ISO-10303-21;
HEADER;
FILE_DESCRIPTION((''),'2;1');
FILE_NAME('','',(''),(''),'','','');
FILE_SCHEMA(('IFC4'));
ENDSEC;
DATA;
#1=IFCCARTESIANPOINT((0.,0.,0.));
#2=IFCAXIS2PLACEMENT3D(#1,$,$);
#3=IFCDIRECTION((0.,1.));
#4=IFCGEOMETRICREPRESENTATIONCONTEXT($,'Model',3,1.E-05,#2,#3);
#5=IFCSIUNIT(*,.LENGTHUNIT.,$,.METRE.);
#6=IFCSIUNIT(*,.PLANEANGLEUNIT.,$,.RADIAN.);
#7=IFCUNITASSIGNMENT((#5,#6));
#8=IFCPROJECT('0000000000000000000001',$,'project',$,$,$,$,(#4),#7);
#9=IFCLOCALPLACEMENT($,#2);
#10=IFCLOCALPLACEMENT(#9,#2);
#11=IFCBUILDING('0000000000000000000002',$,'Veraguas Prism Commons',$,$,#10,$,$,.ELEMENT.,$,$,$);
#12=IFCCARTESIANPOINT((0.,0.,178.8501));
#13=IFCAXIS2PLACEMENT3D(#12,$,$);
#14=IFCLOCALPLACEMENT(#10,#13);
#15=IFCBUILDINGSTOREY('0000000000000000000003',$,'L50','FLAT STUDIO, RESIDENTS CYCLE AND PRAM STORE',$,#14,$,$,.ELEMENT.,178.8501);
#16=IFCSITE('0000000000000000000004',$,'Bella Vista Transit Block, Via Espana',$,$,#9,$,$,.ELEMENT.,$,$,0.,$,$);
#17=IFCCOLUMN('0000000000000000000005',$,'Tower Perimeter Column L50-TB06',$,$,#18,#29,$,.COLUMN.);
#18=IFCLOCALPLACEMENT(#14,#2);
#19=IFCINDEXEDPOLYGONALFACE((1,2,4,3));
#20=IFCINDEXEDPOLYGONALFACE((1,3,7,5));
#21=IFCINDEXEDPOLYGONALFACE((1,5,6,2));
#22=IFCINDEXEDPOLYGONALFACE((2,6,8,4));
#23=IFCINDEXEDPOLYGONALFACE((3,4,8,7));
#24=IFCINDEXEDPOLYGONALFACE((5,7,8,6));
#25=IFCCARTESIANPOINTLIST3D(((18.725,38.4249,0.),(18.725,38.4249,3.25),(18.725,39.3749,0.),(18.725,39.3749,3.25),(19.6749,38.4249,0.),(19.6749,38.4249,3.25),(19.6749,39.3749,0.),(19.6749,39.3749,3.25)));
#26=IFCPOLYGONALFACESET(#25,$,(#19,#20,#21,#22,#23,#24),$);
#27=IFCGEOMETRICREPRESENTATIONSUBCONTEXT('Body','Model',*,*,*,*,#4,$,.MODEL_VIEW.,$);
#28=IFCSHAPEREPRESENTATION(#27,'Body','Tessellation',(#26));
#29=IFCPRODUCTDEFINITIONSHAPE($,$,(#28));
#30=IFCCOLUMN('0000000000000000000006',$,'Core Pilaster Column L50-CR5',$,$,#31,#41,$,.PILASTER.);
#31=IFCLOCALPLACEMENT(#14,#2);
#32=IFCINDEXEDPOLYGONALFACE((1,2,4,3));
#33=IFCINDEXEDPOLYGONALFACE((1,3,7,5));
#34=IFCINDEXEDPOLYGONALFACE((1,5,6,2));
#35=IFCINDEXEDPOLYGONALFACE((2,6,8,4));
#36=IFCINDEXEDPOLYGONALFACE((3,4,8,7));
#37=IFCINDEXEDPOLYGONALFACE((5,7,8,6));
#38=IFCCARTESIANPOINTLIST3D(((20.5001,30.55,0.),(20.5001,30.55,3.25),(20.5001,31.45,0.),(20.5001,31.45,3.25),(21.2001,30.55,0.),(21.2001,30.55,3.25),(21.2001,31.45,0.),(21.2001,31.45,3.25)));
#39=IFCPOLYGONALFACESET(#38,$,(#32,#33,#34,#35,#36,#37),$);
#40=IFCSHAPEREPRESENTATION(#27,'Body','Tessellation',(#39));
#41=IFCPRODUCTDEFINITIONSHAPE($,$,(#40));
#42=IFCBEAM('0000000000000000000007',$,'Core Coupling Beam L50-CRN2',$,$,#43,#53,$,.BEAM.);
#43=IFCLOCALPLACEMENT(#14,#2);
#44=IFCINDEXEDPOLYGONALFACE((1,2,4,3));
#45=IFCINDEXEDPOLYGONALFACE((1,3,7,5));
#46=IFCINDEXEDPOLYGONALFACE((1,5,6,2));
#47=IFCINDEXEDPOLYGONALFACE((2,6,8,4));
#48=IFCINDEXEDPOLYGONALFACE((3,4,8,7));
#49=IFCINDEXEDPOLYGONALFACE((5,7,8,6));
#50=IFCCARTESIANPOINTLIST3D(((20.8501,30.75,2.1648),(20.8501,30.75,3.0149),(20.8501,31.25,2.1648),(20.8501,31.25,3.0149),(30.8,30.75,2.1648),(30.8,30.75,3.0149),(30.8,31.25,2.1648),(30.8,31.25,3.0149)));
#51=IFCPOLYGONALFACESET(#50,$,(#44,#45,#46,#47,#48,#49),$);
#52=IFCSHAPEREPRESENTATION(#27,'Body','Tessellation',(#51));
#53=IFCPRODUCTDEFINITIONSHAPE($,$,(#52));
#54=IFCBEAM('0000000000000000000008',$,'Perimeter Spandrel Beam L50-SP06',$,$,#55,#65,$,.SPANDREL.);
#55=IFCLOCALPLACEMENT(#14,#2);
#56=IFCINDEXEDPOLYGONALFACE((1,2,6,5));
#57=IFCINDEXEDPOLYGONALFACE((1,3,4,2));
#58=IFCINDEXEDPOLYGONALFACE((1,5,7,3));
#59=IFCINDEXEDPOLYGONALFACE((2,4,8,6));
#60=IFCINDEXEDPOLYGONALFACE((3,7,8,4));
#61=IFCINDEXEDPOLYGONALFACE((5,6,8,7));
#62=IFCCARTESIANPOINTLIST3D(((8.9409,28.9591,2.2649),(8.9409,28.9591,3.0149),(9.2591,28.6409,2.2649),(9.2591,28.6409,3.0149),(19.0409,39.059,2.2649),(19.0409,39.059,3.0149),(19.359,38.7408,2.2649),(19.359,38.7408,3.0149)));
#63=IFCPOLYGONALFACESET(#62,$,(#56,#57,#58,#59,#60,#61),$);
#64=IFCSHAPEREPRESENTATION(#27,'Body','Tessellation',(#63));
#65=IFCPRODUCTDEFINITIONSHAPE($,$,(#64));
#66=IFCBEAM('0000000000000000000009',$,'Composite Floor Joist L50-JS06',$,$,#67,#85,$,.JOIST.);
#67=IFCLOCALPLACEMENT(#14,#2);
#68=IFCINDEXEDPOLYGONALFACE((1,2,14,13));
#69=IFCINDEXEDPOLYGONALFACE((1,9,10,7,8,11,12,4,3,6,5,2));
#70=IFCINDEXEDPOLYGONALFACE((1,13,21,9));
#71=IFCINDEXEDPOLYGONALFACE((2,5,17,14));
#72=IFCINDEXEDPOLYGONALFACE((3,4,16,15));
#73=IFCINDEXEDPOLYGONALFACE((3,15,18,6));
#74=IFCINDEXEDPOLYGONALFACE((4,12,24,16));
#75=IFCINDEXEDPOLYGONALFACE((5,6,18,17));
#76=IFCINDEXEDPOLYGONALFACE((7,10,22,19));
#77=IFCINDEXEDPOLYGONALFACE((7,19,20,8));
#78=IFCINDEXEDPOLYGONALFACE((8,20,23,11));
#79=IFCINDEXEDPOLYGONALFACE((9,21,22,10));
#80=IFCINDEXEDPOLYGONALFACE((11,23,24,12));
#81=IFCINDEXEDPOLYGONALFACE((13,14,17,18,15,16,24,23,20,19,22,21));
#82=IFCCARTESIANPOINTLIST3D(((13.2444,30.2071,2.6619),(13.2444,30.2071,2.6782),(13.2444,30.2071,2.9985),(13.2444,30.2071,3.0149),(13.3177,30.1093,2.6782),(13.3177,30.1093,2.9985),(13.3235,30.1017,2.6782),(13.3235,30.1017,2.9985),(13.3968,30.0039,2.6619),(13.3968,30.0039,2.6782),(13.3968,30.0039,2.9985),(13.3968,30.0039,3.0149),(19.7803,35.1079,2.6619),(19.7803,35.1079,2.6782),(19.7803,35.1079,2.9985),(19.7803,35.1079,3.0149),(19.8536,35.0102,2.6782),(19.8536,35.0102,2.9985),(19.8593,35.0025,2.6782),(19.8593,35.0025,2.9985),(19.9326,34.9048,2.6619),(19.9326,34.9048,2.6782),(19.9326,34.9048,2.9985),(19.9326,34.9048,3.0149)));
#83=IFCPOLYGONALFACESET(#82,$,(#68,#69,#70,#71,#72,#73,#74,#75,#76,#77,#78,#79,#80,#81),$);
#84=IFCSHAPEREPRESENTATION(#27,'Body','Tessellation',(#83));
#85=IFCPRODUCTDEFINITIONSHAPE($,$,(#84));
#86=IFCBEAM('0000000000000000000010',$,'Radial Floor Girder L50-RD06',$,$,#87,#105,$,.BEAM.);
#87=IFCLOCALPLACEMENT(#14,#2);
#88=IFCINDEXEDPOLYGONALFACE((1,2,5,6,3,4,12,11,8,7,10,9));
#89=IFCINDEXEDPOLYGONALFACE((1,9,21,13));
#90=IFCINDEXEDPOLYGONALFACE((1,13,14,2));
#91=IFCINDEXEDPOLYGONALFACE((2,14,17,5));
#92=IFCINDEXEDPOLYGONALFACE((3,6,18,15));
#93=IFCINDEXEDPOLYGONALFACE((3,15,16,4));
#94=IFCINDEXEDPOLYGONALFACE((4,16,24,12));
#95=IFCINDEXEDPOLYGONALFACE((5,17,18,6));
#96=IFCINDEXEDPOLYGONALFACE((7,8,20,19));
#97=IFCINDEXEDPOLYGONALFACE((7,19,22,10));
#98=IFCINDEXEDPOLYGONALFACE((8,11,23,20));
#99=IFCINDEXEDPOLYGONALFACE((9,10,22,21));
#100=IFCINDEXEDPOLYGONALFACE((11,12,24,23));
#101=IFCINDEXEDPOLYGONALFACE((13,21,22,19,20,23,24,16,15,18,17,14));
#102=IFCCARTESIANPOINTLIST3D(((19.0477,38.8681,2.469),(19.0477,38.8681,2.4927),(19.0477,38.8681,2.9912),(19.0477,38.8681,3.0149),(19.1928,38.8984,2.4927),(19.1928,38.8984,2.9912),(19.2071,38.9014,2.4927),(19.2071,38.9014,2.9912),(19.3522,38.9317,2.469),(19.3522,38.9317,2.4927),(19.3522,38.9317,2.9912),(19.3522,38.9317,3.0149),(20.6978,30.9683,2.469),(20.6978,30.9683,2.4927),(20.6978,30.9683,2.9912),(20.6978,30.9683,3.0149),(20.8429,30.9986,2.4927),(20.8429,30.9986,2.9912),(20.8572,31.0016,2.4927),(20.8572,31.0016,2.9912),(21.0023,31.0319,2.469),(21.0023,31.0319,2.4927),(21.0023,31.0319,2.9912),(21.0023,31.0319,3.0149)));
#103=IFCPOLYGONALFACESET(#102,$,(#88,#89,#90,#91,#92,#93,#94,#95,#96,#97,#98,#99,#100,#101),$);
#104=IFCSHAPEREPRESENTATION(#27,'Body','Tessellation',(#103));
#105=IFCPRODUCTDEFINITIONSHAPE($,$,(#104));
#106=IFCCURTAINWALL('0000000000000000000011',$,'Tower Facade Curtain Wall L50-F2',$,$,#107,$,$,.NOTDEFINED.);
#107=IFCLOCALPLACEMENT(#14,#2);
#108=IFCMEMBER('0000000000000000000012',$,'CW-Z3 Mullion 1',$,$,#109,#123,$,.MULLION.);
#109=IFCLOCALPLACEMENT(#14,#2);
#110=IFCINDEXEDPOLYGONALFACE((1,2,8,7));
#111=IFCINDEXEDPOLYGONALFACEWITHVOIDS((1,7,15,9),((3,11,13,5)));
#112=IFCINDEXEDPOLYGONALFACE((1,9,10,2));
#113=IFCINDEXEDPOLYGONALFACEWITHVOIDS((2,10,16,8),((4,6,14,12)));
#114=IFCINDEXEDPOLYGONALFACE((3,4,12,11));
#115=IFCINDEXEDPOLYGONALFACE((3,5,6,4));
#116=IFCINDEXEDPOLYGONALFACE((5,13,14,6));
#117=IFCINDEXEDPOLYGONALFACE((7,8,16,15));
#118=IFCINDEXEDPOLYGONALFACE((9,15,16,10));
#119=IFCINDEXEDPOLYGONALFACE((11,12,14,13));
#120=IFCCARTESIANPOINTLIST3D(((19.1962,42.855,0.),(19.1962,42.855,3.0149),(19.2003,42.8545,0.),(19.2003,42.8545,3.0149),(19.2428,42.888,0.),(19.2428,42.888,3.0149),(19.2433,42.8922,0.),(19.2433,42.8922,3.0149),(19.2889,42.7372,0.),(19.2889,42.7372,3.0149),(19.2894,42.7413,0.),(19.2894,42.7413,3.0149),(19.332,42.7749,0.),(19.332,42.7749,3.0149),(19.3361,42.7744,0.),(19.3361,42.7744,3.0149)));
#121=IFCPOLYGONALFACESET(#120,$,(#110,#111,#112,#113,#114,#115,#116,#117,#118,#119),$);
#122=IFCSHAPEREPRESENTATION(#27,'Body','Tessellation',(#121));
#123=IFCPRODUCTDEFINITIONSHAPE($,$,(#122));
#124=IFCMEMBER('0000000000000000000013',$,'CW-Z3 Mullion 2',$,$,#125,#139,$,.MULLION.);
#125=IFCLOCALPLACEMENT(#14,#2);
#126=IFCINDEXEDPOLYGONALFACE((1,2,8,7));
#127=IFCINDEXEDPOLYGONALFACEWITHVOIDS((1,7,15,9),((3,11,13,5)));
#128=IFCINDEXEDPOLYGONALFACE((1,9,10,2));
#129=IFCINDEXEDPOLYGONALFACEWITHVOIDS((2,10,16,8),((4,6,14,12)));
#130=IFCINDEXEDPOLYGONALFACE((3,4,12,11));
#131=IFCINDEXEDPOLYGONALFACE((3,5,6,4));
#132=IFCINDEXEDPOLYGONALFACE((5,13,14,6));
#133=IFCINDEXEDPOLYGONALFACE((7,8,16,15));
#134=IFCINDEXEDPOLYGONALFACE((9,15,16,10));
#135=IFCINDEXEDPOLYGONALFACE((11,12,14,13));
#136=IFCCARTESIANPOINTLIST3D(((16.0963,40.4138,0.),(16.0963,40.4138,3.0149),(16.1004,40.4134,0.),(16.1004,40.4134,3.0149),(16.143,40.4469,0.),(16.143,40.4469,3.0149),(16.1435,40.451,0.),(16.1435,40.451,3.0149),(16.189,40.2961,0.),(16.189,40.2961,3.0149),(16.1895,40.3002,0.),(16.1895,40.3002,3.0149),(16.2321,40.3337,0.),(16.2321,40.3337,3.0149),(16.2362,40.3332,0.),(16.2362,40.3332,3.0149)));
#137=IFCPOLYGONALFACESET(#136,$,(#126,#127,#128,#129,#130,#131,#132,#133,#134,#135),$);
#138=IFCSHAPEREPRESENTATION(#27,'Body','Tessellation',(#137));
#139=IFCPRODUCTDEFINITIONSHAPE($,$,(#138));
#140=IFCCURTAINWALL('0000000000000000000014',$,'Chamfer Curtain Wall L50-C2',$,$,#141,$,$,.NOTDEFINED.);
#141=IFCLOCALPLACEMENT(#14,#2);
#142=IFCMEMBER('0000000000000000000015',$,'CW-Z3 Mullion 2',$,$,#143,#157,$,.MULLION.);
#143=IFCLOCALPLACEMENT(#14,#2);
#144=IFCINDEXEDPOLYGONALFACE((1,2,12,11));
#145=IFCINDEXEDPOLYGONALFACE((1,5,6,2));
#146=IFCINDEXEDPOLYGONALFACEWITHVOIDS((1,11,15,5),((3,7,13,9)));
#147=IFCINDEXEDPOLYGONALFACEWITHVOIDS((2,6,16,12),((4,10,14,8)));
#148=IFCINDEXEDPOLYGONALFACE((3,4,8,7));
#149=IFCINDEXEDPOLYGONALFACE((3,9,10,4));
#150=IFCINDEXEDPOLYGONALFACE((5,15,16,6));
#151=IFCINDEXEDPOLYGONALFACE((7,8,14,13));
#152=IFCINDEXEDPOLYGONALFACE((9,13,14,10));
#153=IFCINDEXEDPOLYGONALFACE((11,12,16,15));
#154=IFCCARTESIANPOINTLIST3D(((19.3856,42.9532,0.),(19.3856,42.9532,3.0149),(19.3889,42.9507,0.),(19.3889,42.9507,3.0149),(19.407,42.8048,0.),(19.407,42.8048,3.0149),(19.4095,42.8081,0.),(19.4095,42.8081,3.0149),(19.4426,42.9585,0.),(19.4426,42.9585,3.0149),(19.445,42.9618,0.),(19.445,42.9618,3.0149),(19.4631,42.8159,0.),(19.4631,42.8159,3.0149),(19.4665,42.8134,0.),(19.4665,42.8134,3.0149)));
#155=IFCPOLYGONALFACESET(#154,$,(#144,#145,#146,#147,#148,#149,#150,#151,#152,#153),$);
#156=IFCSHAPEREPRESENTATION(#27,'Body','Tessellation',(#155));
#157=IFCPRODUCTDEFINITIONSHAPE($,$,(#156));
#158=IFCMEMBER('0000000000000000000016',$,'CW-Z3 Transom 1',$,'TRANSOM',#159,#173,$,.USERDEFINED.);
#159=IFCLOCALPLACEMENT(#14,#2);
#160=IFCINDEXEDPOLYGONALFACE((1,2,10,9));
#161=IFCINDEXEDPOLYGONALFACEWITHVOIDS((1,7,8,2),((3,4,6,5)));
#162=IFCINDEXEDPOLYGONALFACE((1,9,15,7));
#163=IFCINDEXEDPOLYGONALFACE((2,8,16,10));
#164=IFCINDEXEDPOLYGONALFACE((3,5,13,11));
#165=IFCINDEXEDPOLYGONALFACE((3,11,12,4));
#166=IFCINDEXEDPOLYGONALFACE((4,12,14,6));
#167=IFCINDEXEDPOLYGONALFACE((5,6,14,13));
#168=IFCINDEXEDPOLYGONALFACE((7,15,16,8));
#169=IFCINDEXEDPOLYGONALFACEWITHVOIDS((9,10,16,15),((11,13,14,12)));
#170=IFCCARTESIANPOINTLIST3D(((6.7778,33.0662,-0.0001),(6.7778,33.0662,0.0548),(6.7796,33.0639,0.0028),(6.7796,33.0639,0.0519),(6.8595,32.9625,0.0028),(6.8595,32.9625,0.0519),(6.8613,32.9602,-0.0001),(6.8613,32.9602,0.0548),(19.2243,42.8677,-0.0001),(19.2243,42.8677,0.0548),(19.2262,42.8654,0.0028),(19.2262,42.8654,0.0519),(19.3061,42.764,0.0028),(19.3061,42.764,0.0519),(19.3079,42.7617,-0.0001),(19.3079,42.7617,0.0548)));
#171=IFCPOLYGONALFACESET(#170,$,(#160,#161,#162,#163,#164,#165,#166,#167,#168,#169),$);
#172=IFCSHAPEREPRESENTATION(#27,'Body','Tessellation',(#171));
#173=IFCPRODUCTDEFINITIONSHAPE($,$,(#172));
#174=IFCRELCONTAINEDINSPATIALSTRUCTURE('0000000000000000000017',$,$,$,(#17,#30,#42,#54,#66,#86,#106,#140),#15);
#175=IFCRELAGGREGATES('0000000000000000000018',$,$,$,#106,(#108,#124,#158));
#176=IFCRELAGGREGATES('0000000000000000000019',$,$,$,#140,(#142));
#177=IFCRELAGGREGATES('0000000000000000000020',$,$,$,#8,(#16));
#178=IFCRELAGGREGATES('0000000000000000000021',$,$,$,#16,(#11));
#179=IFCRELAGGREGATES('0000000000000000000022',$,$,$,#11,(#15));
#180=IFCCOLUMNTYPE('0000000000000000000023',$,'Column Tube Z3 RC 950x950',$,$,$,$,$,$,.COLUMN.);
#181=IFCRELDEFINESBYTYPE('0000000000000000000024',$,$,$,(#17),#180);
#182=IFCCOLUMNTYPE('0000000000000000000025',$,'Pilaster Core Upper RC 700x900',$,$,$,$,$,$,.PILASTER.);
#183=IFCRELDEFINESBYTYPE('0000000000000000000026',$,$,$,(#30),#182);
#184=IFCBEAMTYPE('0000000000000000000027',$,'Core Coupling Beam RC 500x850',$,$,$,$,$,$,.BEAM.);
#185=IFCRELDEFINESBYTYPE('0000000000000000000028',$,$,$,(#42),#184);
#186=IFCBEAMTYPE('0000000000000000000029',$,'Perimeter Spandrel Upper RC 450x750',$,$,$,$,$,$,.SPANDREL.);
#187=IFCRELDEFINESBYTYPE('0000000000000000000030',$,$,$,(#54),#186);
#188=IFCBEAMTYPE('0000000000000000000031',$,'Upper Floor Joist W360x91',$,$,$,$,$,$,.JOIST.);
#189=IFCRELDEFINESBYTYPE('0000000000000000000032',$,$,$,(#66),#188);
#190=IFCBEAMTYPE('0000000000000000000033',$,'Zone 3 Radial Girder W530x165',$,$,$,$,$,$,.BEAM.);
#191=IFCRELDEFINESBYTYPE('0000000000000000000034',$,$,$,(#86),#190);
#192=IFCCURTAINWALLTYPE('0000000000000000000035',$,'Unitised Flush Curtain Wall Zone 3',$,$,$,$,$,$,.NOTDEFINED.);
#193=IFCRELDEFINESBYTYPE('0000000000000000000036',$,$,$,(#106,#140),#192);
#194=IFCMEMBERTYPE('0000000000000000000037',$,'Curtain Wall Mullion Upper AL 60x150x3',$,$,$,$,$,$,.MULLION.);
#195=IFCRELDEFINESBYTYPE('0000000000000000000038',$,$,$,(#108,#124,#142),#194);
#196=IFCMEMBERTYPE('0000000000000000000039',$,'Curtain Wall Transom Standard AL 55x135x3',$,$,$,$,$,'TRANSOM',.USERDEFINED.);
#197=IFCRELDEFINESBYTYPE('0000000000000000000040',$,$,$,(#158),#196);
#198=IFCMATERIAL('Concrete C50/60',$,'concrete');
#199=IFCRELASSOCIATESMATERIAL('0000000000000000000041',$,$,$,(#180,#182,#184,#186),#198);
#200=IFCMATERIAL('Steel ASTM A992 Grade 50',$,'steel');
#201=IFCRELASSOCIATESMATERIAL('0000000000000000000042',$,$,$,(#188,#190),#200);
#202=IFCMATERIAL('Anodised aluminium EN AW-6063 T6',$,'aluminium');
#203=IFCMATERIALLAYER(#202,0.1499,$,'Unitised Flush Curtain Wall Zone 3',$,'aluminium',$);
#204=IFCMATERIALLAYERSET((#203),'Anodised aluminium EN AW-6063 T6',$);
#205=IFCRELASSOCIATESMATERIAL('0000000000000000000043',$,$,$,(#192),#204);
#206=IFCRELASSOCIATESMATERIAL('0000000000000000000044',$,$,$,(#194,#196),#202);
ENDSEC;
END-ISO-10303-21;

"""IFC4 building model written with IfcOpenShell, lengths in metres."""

from ifc_helpers import new_model, si_unit, direction, frame, origin, origin_2d, place, context, subcontext, project, spatial, rectangle, hollow_rectangle, i_section, extrude, source, transform, mapped, material, layer, layer_set, material_profile, profile_set, type_object, element, aggregate, save


model = new_model("IFC4")

# Units and contexts
model_context = context("Model", 3, precision=1e-05, world=origin(), true_north=direction((0.0, 1.0)))
body_context = subcontext(model_context, "Body", "Model", "MODEL_VIEW")
ifc_project = project(units=[si_unit("LENGTHUNIT", "METRE"), si_unit("PLANEANGLEUNIT", "RADIAN")], contexts=[model_context])

# Site, building, storey
site_placement = place(None, origin())
site = spatial("IfcSite", under=ifc_project, at=site_placement, Name="Bella Vista Transit Block, Via Espana", CompositionType="ELEMENT", RefElevation=0.0)
building_placement = place(site_placement, origin())
building = spatial("IfcBuilding", under=site, at=building_placement, Name="Veraguas Prism Commons", CompositionType="ELEMENT")
storey_placement = place(building_placement, frame((0.0, 0.0, 178.8501)))
storey = spatial("IfcBuildingStorey", under=building, at=storey_placement, Name="L50", Description="FLAT STUDIO, RESIDENTS CYCLE AND PRAM STORE", CompositionType="ELEMENT", Elevation=178.8501)

# Columns
ifc_material_1 = material(Name="Concrete C50/60", Category="concrete")
ifc_material_profile_1 = material_profile(ifc_material_1, rectangle(XDim=0.95, YDim=0.95, at=origin_2d()), Name="RC950X950")
ifc_profile_set_1 = profile_set([ifc_material_profile_1], Name="Concrete C50/60")
column_type_1 = type_object("IfcColumnType", Name="Column Tube Z3 RC 950x950", PredefinedType="COLUMN", material=ifc_profile_set_1)
column_1_placement = place(storey_placement, frame((19.2, 38.8999, 0.0), z_axis=(0.0, 0.0, 1.0), x_axis=(1.0, 0.0, 0.0)))
element("IfcColumn", 1, at=column_1_placement, inside=storey, type_object=column_type_1, Name="Tower Perimeter Column L50-TB06", PredefinedType="COLUMN", context=body_context, shape_type="SweptSolid", body=[
    extrude(rectangle(XDim=0.95, YDim=0.95, at=origin_2d()), origin(), (0.0, 0.0, 1.0), 3.25),
])
ifc_material_profile_2 = material_profile(ifc_material_1, rectangle(XDim=0.7, YDim=0.8999, at=origin_2d()), Name="RC700X900")
ifc_profile_set_2 = profile_set([ifc_material_profile_2], Name="Concrete C50/60")
column_type_2 = type_object("IfcColumnType", Name="Pilaster Core Upper RC 700x900", PredefinedType="PILASTER", material=ifc_profile_set_2)
column_2_placement = place(storey_placement, frame((20.8501, 31.0, 0.0), z_axis=(0.0, 0.0, 1.0), x_axis=(1.0, 0.0, 0.0)))
element("IfcColumn", 2, at=column_2_placement, inside=storey, type_object=column_type_2, Name="Core Pilaster Column L50-CR5", PredefinedType="PILASTER", context=body_context, shape_type="SweptSolid", body=[
    extrude(rectangle(XDim=0.7, YDim=0.8999, at=origin_2d()), origin(), (0.0, 0.0, 1.0), 3.25),
])

# Beams
ifc_material_profile_3 = material_profile(ifc_material_1, rectangle(XDim=0.5, YDim=0.8501, at=origin_2d()), Name="RC500X850")
ifc_profile_set_3 = profile_set([ifc_material_profile_3], Name="Concrete C50/60")
beam_type_1 = type_object("IfcBeamType", Name="Core Coupling Beam RC 500x850", PredefinedType="BEAM", material=ifc_profile_set_3)
beam_1_placement = place(storey_placement, frame((20.8501, 31.0, 2.5898), z_axis=(1.0, 0.0, 0.0), x_axis=(0.0, 1.0, 0.0)))
element("IfcBeam", 3, at=beam_1_placement, inside=storey, type_object=beam_type_1, Name="Core Coupling Beam L50-CRN2", PredefinedType="BEAM", context=body_context, shape_type="SweptSolid", body=[
    extrude(rectangle(XDim=0.5, YDim=0.8501, at=origin_2d()), origin(), (0.0, 0.0, 1.0), 9.95),
])
ifc_material_profile_4 = material_profile(ifc_material_1, rectangle(XDim=0.45, YDim=0.75, at=origin_2d()), Name="RC450X750")
ifc_profile_set_4 = profile_set([ifc_material_profile_4], Name="Concrete C50/60")
beam_type_2 = type_object("IfcBeamType", Name="Perimeter Spandrel Upper RC 450x750", PredefinedType="SPANDREL", material=ifc_profile_set_4)
beam_2_placement = place(storey_placement, frame((19.2, 38.8999, 2.6399), z_axis=(-0.707107, -0.707107, 0.0), x_axis=(0.707107, -0.707107, 0.0)))
element("IfcBeam", 4, at=beam_2_placement, inside=storey, type_object=beam_type_2, Name="Perimeter Spandrel Beam L50-SP06", PredefinedType="SPANDREL", context=body_context, shape_type="SweptSolid", body=[
    extrude(rectangle(XDim=0.45, YDim=0.75, at=origin_2d()), origin(), (0.0, 0.0, 1.0), 14.2834),
])
ifc_material_2 = material(Name="Steel ASTM A992 Grade 50", Category="steel")
ifc_material_profile_5 = material_profile(ifc_material_2, i_section(OverallWidth=0.2539, OverallDepth=0.353, WebThickness=0.0095, FlangeThickness=0.0164, at=origin_2d()), Name="W360X91")
ifc_profile_set_5 = profile_set([ifc_material_profile_5], Name="Steel ASTM A992 Grade 50")
beam_type_3 = type_object("IfcBeamType", Name="Upper Floor Joist W360x91", PredefinedType="JOIST", material=ifc_profile_set_5)
beam_3_placement = place(storey_placement, frame((19.8564, 35.0063, 2.8384), z_axis=(-0.800061, -0.599919, 0.0), x_axis=(0.599919, -0.800061, 0.0)))
element("IfcBeam", 5, at=beam_3_placement, inside=storey, type_object=beam_type_3, Name="Composite Floor Joist L50-JS06", PredefinedType="JOIST", context=body_context, shape_type="SweptSolid", body=[
    extrude(i_section(OverallWidth=0.2539, OverallDepth=0.353, WebThickness=0.0095, FlangeThickness=0.0164, at=origin_2d()), origin(), (0.0, 0.0, 1.0), 8.1692),
])
ifc_material_profile_6 = material_profile(ifc_material_2, i_section(OverallWidth=0.311, OverallDepth=0.5459, WebThickness=0.0146, FlangeThickness=0.0237, at=origin_2d()), Name="W530X165")
ifc_profile_set_6 = profile_set([ifc_material_profile_6], Name="Steel ASTM A992 Grade 50")
beam_type_4 = type_object("IfcBeamType", Name="Zone 3 Radial Girder W530x165", PredefinedType="BEAM", material=ifc_profile_set_6)
beam_4_placement = place(storey_placement, frame((19.2, 38.8999, 2.7419), z_axis=(0.204469, -0.978873, 0.0), x_axis=(0.978873, 0.204469, 0.0)))
element("IfcBeam", 6, at=beam_4_placement, inside=storey, type_object=beam_type_4, Name="Radial Floor Girder L50-RD06", PredefinedType="BEAM", context=body_context, shape_type="SweptSolid", body=[
    extrude(i_section(OverallWidth=0.311, OverallDepth=0.5459, WebThickness=0.0146, FlangeThickness=0.0237, at=origin_2d()), origin(), (0.0, 0.0, 1.0), 8.0703),
])

# Curtain wall, members
ifc_material_3 = material(Name="Anodised aluminium EN AW-6063 T6", Category="aluminium")
ifc_layer_1 = layer(ifc_material_3, 0.1499, Name="Unitised Flush Curtain Wall Zone 3", Category="aluminium")
ifc_layer_set_1 = layer_set([ifc_layer_1], Name="Anodised aluminium EN AW-6063 T6")
curtain_wall_type = type_object("IfcCurtainWallType", Name="Unitised Flush Curtain Wall Zone 3", PredefinedType="NOTDEFINED", material=ifc_layer_set_1)
curtain_wall_1_placement = place(storey_placement, origin())
curtain_wall_1 = element("IfcCurtainWall", 7, at=curtain_wall_1_placement, inside=storey, type_object=curtain_wall_type, Name="Tower Facade Curtain Wall L50-F2", PredefinedType="NOTDEFINED")
ifc_material_profile_7 = material_profile(ifc_material_3, hollow_rectangle(XDim=0.0601, YDim=0.1499, WallThickness=0.0029, at=origin_2d()), Name="AL60X150X3")
ifc_profile_set_7 = profile_set([ifc_material_profile_7], Name="Anodised aluminium EN AW-6063 T6")
member_type_1 = type_object("IfcMemberType", Name="Curtain Wall Mullion Upper AL 60x150x3", PredefinedType="MULLION", material=ifc_profile_set_7)
shared_shape_1 = source(origin(), body_context, "Body", "SweptSolid", [
    extrude(hollow_rectangle(XDim=0.0601, YDim=0.1499, WallThickness=0.0029, at=origin_2d()), origin(), (0.0, 0.0, 1.0), 3.0149),
])
member_1_placement = place(storey_placement, frame((19.2661, 42.8147, 0.0), z_axis=(0.0, 0.0, 1.0), x_axis=(-0.785642, -0.618681, 0.0)))
member_1 = element("IfcMember", 8, at=member_1_placement, type_object=member_type_1, Name="CW-Z3 Mullion 1", PredefinedType="MULLION", context=body_context, shape_type="MappedRepresentation", body=[
    mapped(shared_shape_1, transform((0.0, 0.0, 0.0), scale=1.0)),
])
member_2_placement = place(storey_placement, frame((16.1663, 40.3735, 0.0), z_axis=(0.0, 0.0, 1.0), x_axis=(-0.785642, -0.618681, 0.0)))
member_2 = element("IfcMember", 9, at=member_2_placement, type_object=member_type_1, Name="CW-Z3 Mullion 2", PredefinedType="MULLION", context=body_context, shape_type="MappedRepresentation", body=[
    mapped(shared_shape_1, transform((0.0, 0.0, 0.0), scale=1.0)),
])

# Curtain wall, member
curtain_wall_2_placement = place(storey_placement, origin())
curtain_wall_2 = element("IfcCurtainWall", 10, at=curtain_wall_2_placement, inside=storey, type_object=curtain_wall_type, Name="Chamfer Curtain Wall L50-C2", PredefinedType="NOTDEFINED")
member_3_placement = place(storey_placement, frame((19.426, 42.8833, 0.0), z_axis=(0.0, 0.0, 1.0), x_axis=(-0.989729, -0.142959, 0.0)))
member_3 = element("IfcMember", 11, at=member_3_placement, type_object=member_type_1, Name="CW-Z3 Mullion 2", PredefinedType="MULLION", context=body_context, shape_type="MappedRepresentation", body=[
    mapped(shared_shape_1, transform((0.0, 0.0, 0.0), scale=1.0)),
])

# Member
ifc_material_profile_8 = material_profile(ifc_material_3, hollow_rectangle(XDim=0.0549, YDim=0.135, WallThickness=0.0029, at=origin_2d()), Name="AL55X135X3")
ifc_profile_set_8 = profile_set([ifc_material_profile_8], Name="Anodised aluminium EN AW-6063 T6")
member_type_2 = type_object("IfcMemberType", Name="Curtain Wall Transom Standard AL 55x135x3", ElementType="TRANSOM", PredefinedType="USERDEFINED", material=ifc_profile_set_8)
shared_shape_2 = source(origin(), body_context, "Body", "SweptSolid", [
    extrude(hollow_rectangle(XDim=0.0549, YDim=0.135, WallThickness=0.0029, at=origin_2d()), origin(), (0.0, 0.0, 1.0), 15.8425),
])
member_4_placement = place(storey_placement, frame((19.2661, 42.8147, 0.0273), z_axis=(-0.78564, -0.618683, 0.0), x_axis=(0.0, 0.0, 1.0)))
member_4 = element("IfcMember", 12, at=member_4_placement, type_object=member_type_2, Name="CW-Z3 Transom 1", ObjectType="TRANSOM", PredefinedType="USERDEFINED", context=body_context, shape_type="MappedRepresentation", body=[
    mapped(shared_shape_2, transform((0.0, 0.0, 0.0), scale=1.0)),
])

aggregate(curtain_wall_1, [member_1, member_2, member_4])
aggregate(curtain_wall_2, [member_3])

save(model, "model.ifc")
